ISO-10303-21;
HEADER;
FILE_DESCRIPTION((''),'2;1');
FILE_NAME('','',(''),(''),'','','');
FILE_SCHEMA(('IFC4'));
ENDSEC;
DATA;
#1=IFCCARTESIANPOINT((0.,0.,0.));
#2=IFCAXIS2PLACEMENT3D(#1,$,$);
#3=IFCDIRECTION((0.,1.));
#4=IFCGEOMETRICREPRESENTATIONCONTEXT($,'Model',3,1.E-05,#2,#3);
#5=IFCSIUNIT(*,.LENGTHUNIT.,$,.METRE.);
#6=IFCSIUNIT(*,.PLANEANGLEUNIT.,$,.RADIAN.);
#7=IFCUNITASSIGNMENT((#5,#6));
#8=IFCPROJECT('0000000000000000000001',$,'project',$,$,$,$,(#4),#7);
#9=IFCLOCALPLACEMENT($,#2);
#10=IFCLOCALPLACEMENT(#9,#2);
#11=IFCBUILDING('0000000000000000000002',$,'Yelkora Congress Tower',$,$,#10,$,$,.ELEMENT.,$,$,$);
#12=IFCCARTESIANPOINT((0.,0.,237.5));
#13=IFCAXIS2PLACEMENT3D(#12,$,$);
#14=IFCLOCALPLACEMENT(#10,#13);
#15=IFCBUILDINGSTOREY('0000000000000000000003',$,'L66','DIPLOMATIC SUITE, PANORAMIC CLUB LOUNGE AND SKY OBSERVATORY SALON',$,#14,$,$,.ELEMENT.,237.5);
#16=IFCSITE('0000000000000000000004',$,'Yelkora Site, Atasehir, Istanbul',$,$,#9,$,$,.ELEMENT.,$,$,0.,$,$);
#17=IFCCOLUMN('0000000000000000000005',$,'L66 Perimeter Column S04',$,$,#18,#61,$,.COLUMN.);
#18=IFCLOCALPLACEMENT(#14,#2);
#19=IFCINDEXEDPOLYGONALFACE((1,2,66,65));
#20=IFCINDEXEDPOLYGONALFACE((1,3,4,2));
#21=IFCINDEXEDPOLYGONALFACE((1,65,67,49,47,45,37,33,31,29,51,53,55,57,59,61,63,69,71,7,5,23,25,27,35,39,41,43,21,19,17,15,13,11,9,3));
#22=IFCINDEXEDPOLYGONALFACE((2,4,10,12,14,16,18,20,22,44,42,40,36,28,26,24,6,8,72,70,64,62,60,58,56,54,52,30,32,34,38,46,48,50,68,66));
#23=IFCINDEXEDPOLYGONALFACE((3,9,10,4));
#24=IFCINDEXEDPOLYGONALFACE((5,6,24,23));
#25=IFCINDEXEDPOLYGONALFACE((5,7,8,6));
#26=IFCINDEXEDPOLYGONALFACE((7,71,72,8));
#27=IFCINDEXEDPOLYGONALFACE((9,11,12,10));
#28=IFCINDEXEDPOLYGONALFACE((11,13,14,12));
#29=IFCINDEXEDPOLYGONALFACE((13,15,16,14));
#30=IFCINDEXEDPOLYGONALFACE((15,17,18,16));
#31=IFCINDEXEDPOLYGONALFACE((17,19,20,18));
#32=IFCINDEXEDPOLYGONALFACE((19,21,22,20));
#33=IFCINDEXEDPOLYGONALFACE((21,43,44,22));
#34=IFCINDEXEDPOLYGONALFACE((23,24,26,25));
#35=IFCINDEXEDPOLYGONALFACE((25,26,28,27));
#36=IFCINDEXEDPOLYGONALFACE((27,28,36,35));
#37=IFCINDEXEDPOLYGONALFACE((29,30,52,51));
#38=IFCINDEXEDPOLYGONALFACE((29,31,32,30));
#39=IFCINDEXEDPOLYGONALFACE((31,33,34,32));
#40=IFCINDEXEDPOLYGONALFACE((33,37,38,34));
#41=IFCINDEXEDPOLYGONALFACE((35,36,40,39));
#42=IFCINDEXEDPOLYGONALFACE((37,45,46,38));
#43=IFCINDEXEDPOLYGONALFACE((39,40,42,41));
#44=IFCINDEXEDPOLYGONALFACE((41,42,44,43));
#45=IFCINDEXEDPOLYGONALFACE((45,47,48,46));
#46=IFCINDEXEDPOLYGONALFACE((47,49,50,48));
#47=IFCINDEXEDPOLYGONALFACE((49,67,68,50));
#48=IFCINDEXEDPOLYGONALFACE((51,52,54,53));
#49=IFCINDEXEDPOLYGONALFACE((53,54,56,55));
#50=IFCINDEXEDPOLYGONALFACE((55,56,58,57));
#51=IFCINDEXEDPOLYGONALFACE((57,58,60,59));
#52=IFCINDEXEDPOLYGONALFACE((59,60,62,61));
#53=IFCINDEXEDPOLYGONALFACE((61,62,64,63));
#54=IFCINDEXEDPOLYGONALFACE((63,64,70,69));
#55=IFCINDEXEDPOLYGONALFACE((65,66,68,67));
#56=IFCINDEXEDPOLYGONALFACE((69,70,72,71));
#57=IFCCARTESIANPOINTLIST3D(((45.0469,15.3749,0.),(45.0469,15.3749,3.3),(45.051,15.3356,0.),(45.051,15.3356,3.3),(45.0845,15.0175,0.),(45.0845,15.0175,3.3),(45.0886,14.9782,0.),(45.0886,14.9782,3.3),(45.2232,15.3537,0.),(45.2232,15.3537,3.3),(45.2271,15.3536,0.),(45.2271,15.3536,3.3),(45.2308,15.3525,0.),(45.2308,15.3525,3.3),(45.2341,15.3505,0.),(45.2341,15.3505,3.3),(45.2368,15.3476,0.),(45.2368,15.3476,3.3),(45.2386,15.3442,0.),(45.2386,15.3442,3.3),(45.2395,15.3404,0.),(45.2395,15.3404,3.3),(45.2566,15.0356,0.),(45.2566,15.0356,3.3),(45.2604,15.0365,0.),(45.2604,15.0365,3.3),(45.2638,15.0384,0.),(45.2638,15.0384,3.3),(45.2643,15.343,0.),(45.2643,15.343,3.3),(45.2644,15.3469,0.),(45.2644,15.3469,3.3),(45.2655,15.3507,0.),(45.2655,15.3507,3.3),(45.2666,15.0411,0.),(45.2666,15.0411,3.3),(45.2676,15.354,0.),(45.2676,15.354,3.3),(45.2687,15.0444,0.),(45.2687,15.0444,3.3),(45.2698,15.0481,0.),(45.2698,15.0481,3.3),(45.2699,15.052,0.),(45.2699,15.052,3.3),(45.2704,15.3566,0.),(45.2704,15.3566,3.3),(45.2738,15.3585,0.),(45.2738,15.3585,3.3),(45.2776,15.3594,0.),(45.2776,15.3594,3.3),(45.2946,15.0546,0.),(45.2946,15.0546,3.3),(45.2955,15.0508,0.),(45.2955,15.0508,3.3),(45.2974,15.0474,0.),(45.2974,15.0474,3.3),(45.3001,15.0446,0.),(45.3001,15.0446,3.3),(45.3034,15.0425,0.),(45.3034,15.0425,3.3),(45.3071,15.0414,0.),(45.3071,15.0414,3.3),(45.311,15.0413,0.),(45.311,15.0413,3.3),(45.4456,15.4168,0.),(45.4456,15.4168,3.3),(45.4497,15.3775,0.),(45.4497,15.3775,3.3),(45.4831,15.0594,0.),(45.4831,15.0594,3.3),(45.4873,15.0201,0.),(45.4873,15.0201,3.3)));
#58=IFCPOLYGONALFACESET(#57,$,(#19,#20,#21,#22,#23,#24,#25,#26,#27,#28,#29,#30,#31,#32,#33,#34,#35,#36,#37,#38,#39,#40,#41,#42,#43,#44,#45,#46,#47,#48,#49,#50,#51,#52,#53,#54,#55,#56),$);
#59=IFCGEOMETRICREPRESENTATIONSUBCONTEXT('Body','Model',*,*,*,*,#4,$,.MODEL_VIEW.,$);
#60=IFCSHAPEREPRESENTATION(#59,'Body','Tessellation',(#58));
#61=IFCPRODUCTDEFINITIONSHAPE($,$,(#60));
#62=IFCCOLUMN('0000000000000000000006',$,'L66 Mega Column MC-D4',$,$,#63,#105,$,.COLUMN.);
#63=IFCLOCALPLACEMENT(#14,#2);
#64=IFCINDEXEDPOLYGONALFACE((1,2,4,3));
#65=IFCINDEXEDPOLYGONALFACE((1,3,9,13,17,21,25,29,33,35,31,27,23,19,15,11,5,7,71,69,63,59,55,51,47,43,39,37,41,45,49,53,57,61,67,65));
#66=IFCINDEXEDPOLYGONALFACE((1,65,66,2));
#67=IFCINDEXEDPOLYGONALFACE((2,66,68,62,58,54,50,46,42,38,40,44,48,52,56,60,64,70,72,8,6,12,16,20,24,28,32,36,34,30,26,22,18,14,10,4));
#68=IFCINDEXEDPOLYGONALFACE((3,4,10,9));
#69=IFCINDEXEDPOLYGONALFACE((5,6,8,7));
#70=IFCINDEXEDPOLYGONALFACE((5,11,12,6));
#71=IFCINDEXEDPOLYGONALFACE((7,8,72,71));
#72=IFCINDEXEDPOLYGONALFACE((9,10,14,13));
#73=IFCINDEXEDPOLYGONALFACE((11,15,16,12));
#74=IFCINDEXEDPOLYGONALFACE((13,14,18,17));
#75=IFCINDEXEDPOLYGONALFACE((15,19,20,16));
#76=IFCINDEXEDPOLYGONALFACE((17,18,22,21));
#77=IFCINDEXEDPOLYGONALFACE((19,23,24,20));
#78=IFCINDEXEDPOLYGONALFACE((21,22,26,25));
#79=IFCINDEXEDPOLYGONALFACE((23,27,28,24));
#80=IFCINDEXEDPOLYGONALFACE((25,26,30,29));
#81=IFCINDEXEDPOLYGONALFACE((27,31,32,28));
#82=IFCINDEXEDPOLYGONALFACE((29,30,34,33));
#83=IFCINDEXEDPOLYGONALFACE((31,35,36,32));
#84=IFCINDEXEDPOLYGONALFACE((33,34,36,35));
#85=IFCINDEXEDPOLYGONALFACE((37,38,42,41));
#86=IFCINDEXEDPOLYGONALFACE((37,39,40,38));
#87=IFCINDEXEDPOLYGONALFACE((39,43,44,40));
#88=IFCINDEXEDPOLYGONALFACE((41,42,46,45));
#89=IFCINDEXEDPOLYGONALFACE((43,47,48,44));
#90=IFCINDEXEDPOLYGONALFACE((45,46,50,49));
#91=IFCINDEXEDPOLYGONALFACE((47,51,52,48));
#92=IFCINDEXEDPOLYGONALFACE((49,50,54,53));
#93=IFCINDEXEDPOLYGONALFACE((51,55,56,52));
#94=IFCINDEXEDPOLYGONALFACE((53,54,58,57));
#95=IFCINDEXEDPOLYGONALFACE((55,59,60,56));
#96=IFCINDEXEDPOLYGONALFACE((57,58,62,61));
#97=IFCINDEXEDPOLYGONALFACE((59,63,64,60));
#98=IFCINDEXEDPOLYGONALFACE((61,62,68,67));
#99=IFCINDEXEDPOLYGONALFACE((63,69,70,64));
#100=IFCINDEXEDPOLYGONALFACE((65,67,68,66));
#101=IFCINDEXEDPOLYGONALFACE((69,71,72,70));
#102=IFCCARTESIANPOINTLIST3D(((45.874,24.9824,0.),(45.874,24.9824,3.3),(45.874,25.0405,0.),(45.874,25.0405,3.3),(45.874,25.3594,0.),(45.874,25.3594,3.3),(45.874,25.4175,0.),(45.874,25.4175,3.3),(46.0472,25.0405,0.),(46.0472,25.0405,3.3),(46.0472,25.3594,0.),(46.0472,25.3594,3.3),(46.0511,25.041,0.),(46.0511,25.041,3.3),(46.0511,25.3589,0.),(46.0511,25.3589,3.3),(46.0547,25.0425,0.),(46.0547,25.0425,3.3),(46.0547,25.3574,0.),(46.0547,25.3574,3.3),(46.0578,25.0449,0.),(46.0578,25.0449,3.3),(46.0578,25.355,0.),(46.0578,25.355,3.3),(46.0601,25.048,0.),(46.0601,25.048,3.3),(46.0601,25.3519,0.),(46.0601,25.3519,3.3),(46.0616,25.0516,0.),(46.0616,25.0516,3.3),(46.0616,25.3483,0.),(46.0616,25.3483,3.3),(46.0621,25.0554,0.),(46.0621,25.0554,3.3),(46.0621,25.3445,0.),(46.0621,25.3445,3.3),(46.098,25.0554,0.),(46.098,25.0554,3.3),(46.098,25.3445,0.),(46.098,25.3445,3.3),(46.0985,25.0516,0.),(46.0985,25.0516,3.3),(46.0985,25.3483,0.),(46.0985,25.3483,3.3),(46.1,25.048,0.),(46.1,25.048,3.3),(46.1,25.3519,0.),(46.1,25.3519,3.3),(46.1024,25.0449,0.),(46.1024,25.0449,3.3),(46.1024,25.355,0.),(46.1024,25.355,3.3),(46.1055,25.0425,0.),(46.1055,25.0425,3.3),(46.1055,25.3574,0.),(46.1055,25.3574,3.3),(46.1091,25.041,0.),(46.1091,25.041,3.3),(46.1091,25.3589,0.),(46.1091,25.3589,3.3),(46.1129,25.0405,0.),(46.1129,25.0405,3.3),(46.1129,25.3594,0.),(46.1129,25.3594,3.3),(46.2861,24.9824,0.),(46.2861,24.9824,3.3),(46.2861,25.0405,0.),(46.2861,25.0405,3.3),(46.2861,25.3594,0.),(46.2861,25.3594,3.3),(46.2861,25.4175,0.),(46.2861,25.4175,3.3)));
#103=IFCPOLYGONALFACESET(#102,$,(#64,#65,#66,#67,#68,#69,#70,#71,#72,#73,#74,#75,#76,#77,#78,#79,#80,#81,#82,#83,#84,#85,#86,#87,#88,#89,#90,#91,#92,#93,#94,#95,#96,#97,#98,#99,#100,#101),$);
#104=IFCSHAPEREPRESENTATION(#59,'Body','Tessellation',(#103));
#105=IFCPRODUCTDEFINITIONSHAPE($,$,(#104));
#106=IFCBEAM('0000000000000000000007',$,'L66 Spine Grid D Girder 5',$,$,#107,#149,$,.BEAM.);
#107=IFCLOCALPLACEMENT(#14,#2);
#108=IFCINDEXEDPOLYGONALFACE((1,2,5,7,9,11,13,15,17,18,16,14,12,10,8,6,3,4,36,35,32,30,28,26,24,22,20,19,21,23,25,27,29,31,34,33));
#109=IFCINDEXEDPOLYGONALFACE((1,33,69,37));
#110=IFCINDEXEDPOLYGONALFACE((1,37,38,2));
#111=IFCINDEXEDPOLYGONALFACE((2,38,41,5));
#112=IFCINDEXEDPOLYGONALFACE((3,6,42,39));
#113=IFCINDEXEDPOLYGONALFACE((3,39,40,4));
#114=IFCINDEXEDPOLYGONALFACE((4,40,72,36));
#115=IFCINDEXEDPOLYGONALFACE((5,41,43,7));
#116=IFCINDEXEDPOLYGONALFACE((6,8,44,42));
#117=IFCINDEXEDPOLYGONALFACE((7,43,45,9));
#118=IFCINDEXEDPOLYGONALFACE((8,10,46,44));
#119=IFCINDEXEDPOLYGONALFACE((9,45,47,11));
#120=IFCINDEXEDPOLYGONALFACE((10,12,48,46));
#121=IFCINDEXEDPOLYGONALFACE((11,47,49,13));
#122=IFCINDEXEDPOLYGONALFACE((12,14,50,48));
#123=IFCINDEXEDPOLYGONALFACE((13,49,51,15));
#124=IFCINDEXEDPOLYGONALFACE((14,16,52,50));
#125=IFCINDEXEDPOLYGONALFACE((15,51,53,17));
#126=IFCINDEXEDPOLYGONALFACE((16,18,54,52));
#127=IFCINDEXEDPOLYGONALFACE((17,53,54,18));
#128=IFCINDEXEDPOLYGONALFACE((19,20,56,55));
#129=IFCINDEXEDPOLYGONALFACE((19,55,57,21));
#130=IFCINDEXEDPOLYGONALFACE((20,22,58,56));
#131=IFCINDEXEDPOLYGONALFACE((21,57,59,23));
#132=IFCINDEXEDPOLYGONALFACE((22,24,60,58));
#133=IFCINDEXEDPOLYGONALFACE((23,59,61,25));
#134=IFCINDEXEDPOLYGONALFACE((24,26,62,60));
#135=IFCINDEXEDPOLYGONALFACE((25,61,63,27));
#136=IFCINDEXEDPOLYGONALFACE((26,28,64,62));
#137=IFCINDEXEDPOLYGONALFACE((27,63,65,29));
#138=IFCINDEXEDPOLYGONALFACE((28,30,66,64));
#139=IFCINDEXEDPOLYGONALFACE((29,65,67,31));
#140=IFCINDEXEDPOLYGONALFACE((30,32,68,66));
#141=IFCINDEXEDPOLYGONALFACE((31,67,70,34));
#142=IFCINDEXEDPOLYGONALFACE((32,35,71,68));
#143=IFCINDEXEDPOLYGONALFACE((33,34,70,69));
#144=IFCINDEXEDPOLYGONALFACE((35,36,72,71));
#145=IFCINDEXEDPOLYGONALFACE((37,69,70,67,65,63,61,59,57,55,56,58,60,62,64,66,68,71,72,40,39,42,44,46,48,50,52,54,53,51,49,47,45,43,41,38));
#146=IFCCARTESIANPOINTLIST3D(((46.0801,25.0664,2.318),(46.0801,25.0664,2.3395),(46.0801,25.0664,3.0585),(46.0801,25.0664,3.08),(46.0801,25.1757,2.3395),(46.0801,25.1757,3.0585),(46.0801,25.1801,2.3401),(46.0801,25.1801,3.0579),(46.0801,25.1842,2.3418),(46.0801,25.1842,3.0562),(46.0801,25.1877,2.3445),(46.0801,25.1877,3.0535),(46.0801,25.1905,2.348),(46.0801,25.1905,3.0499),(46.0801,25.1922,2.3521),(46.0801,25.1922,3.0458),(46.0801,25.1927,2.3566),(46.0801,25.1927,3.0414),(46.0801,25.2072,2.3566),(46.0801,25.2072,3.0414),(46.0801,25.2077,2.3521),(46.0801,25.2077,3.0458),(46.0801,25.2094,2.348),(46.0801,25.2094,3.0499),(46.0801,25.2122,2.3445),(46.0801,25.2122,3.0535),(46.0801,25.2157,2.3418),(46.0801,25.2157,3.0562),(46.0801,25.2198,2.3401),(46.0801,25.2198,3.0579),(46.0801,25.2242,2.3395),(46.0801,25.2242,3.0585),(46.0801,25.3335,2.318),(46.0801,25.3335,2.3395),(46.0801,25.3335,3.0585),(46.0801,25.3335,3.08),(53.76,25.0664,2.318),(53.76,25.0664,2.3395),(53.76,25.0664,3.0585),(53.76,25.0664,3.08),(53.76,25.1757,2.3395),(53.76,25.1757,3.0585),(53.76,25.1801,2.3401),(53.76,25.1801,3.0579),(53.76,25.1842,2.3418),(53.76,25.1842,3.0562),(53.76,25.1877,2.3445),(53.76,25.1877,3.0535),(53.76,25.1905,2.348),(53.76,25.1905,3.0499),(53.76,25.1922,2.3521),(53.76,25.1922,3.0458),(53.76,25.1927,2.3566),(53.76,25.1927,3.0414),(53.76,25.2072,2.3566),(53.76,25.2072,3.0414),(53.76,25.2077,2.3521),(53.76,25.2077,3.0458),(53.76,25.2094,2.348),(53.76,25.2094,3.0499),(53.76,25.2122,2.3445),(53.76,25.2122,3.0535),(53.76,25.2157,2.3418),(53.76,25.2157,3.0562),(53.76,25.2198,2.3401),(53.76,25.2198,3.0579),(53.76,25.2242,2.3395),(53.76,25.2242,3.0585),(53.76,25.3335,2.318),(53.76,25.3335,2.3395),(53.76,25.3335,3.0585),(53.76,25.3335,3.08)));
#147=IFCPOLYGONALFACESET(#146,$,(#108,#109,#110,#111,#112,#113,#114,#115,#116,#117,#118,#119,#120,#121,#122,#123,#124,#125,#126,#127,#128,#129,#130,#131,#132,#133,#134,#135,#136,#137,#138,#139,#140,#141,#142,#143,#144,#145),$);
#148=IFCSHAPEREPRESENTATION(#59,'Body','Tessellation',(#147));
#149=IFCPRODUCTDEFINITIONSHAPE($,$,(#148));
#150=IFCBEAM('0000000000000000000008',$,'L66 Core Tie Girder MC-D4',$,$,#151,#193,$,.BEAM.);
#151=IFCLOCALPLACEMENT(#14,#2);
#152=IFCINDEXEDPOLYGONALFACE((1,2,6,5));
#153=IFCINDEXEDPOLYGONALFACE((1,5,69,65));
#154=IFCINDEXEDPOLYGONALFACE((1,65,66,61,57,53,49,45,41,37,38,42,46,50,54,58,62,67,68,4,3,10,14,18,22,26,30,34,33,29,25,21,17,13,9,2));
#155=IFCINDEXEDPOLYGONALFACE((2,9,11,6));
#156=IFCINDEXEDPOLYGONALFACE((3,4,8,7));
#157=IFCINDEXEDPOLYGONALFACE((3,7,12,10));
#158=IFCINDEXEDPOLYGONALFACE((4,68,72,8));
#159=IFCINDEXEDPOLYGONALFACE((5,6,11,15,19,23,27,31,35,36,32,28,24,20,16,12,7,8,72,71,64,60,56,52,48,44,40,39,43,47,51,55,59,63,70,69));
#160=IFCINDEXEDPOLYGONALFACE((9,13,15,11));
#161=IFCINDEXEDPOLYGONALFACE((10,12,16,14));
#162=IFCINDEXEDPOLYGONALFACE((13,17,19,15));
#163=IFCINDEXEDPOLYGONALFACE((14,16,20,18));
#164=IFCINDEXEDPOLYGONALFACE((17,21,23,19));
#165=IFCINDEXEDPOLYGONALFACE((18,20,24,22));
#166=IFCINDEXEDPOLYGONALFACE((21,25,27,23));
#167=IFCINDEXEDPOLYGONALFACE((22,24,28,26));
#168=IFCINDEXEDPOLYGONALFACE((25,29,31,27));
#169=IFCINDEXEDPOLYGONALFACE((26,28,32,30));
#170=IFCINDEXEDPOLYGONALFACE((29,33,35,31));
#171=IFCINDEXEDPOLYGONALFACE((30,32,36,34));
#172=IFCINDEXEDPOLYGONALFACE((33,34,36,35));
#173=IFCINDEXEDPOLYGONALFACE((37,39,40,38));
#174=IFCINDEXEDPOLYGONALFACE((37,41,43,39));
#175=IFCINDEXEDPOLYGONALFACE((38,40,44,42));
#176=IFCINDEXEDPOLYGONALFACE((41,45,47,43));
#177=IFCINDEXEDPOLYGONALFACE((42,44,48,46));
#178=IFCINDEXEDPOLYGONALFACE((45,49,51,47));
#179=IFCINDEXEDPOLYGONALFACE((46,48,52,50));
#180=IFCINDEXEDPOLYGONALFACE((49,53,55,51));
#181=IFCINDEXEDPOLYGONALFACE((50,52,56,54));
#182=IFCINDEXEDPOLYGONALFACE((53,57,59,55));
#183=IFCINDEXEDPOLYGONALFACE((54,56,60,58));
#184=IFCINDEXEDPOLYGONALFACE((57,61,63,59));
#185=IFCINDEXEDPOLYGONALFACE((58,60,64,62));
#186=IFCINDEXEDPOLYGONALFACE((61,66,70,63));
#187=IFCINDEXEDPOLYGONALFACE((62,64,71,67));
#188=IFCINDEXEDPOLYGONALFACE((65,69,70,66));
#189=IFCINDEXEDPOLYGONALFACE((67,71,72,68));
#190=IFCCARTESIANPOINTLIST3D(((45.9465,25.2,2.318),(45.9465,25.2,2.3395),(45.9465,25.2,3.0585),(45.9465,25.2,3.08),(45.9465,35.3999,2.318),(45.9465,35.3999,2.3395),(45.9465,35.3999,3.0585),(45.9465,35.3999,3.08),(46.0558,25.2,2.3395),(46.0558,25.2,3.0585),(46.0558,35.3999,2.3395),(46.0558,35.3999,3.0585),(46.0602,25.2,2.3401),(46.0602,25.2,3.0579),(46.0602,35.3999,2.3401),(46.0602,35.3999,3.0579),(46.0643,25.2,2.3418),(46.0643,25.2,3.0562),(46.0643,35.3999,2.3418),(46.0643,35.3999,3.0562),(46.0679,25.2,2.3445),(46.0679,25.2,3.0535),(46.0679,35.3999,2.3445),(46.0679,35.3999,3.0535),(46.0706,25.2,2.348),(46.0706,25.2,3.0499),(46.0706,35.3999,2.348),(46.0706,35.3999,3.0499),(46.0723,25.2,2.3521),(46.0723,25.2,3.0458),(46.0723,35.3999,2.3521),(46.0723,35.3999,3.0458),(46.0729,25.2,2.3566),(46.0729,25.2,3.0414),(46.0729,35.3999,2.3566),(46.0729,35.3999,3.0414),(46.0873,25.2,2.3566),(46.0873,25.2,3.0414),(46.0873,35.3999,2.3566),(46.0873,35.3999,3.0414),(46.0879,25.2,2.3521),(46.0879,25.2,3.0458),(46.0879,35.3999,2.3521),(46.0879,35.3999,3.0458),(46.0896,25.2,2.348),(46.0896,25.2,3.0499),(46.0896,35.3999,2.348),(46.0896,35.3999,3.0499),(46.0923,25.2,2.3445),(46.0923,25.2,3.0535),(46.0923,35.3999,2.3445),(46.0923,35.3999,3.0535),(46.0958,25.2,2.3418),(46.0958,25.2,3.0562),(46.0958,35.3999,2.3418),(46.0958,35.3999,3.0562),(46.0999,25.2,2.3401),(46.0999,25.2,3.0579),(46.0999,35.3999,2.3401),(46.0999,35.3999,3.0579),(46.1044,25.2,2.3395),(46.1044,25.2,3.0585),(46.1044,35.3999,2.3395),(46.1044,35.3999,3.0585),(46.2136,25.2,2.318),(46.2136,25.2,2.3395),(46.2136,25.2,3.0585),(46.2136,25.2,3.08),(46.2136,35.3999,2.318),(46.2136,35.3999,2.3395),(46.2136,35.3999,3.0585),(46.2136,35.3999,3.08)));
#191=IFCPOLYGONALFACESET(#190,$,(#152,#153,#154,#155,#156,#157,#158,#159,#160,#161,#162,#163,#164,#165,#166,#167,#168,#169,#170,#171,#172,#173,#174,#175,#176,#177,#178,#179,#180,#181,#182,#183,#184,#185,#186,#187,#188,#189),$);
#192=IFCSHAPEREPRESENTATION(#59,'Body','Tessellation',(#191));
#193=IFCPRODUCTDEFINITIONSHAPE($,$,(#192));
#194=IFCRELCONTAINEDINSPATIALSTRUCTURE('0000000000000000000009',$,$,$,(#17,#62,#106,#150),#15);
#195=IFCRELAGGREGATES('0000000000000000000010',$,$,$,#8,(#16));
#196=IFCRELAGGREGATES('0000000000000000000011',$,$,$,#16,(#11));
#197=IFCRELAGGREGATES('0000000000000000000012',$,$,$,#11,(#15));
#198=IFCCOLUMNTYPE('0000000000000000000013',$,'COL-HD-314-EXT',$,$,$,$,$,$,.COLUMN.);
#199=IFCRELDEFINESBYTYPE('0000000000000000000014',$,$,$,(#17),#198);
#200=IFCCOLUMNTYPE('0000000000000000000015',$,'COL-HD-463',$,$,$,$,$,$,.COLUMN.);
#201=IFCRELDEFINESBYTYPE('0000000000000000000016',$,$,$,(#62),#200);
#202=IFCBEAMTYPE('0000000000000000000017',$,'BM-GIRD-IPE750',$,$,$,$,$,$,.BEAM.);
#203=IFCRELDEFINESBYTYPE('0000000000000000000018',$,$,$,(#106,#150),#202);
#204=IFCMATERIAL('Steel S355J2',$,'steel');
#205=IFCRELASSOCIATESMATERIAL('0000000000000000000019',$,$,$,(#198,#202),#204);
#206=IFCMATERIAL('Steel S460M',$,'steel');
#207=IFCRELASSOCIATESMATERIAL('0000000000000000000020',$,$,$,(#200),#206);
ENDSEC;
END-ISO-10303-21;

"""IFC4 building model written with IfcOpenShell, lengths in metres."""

from ifc_helpers import new_model, si_unit, direction, frame, origin, origin_2d, place, context, subcontext, project, spatial, i_section, extrude, material, material_profile, profile_set, type_object, element, save


model = new_model("IFC4")

# Units and contexts
model_context = context("Model", 3, precision=1e-05, world=origin(), true_north=direction((0.0, 1.0)))
body_context = subcontext(model_context, "Body", "Model", "MODEL_VIEW")
ifc_project = project(units=[si_unit("LENGTHUNIT", "METRE"), si_unit("PLANEANGLEUNIT", "RADIAN")], contexts=[model_context])

# Site, building, storey
site_placement = place(None, origin())
site = spatial("IfcSite", under=ifc_project, at=site_placement, Name="Yelkora Site, Atasehir, Istanbul", CompositionType="ELEMENT", RefElevation=0.0)
building_placement = place(site_placement, origin())
building = spatial("IfcBuilding", under=site, at=building_placement, Name="Yelkora Congress Tower", CompositionType="ELEMENT")
storey_placement = place(building_placement, frame((0.0, 0.0, 237.5)))
storey = spatial("IfcBuildingStorey", under=building, at=storey_placement, Name="L66", Description="DIPLOMATIC SUITE, PANORAMIC CLUB LOUNGE AND SKY OBSERVATORY SALON", CompositionType="ELEMENT", Elevation=237.5)

# Columns
ifc_material_1 = material(Name="Steel S355J2", Category="steel")
ifc_material_profile_1 = material_profile(ifc_material_1, i_section(OverallWidth=0.4009, OverallDepth=0.3989, WebThickness=0.0249, FlangeThickness=0.0396, FilletRadius=0.0149, at=origin_2d()), Name="HD 400x314")
ifc_profile_set_1 = profile_set([ifc_material_profile_1], Name="Steel S355J2")
column_type_1 = type_object("IfcColumnType", Name="COL-HD-314-EXT", PredefinedType="COLUMN", material=ifc_profile_set_1)
column_1_placement = place(storey_placement, frame((45.2671, 15.1975, 0.0), z_axis=(0.0, 0.0, 1.0), x_axis=(0.994522, 0.104528, 0.0)))
element("IfcColumn", 1, at=column_1_placement, inside=storey, type_object=column_type_1, Name="L66 Perimeter Column S04", PredefinedType="COLUMN", context=body_context, shape_type="SweptSolid", body=[
    extrude(i_section(OverallWidth=0.4009, OverallDepth=0.3989, WebThickness=0.0249, FlangeThickness=0.0396, FilletRadius=0.0149, at=origin_2d()), origin(), (0.0, 0.0, 1.0), 3.3),
])
ifc_material_2 = material(Name="Steel S460M", Category="steel")
ifc_material_profile_2 = material_profile(ifc_material_2, i_section(OverallWidth=0.4121, OverallDepth=0.4351, WebThickness=0.0359, FlangeThickness=0.0581, FilletRadius=0.0149, at=origin_2d()), Name="HD 400x463")
ifc_profile_set_2 = profile_set([ifc_material_profile_2], Name="Steel S460M")
column_type_2 = type_object("IfcColumnType", Name="COL-HD-463", PredefinedType="COLUMN", material=ifc_profile_set_2)
column_2_placement = place(storey_placement, frame((46.0801, 25.2, 0.0), z_axis=(0.0, 0.0, 1.0), x_axis=(1.0, 0.0, 0.0)))
element("IfcColumn", 2, at=column_2_placement, inside=storey, type_object=column_type_2, Name="L66 Mega Column MC-D4", PredefinedType="COLUMN", context=body_context, shape_type="SweptSolid", body=[
    extrude(i_section(OverallWidth=0.4121, OverallDepth=0.4351, WebThickness=0.0359, FlangeThickness=0.0581, FilletRadius=0.0149, at=origin_2d()), origin(), (0.0, 0.0, 1.0), 3.3),
])

# Beams
ifc_material_profile_3 = material_profile(ifc_material_1, i_section(OverallWidth=0.2671, OverallDepth=0.762, WebThickness=0.0144, FlangeThickness=0.0215, FilletRadius=0.0171, at=origin_2d()), Name="IPE 750x173")
ifc_profile_set_3 = profile_set([ifc_material_profile_3], Name="Steel S355J2")
beam_type_1 = type_object("IfcBeamType", Name="BM-GIRD-IPE750", PredefinedType="BEAM", material=ifc_profile_set_3)
beam_1_placement = place(storey_placement, frame((46.0801, 25.2, 2.699), z_axis=(1.0, 0.0, 0.0), x_axis=(0.0, 1.0, 0.0)))
element("IfcBeam", 3, at=beam_1_placement, inside=storey, type_object=beam_type_1, Name="L66 Spine Grid D Girder 5", PredefinedType="BEAM", context=body_context, shape_type="SweptSolid", body=[
    extrude(i_section(OverallWidth=0.2671, OverallDepth=0.762, WebThickness=0.0144, FlangeThickness=0.0215, FilletRadius=0.0171, at=origin_2d()), origin(), (0.0, 0.0, 1.0), 7.6799),
])
beam_2_placement = place(storey_placement, frame((46.0801, 25.2, 2.699), z_axis=(0.0, 1.0, 0.0), x_axis=(-1.0, 0.0, 0.0)))
element("IfcBeam", 4, at=beam_2_placement, inside=storey, type_object=beam_type_1, Name="L66 Core Tie Girder MC-D4", PredefinedType="BEAM", context=body_context, shape_type="SweptSolid", body=[
    extrude(i_section(OverallWidth=0.2671, OverallDepth=0.762, WebThickness=0.0144, FlangeThickness=0.0215, FilletRadius=0.0171, at=origin_2d()), origin(), (0.0, 0.0, 1.0), 10.2),
])

save(model, "model.ifc")
